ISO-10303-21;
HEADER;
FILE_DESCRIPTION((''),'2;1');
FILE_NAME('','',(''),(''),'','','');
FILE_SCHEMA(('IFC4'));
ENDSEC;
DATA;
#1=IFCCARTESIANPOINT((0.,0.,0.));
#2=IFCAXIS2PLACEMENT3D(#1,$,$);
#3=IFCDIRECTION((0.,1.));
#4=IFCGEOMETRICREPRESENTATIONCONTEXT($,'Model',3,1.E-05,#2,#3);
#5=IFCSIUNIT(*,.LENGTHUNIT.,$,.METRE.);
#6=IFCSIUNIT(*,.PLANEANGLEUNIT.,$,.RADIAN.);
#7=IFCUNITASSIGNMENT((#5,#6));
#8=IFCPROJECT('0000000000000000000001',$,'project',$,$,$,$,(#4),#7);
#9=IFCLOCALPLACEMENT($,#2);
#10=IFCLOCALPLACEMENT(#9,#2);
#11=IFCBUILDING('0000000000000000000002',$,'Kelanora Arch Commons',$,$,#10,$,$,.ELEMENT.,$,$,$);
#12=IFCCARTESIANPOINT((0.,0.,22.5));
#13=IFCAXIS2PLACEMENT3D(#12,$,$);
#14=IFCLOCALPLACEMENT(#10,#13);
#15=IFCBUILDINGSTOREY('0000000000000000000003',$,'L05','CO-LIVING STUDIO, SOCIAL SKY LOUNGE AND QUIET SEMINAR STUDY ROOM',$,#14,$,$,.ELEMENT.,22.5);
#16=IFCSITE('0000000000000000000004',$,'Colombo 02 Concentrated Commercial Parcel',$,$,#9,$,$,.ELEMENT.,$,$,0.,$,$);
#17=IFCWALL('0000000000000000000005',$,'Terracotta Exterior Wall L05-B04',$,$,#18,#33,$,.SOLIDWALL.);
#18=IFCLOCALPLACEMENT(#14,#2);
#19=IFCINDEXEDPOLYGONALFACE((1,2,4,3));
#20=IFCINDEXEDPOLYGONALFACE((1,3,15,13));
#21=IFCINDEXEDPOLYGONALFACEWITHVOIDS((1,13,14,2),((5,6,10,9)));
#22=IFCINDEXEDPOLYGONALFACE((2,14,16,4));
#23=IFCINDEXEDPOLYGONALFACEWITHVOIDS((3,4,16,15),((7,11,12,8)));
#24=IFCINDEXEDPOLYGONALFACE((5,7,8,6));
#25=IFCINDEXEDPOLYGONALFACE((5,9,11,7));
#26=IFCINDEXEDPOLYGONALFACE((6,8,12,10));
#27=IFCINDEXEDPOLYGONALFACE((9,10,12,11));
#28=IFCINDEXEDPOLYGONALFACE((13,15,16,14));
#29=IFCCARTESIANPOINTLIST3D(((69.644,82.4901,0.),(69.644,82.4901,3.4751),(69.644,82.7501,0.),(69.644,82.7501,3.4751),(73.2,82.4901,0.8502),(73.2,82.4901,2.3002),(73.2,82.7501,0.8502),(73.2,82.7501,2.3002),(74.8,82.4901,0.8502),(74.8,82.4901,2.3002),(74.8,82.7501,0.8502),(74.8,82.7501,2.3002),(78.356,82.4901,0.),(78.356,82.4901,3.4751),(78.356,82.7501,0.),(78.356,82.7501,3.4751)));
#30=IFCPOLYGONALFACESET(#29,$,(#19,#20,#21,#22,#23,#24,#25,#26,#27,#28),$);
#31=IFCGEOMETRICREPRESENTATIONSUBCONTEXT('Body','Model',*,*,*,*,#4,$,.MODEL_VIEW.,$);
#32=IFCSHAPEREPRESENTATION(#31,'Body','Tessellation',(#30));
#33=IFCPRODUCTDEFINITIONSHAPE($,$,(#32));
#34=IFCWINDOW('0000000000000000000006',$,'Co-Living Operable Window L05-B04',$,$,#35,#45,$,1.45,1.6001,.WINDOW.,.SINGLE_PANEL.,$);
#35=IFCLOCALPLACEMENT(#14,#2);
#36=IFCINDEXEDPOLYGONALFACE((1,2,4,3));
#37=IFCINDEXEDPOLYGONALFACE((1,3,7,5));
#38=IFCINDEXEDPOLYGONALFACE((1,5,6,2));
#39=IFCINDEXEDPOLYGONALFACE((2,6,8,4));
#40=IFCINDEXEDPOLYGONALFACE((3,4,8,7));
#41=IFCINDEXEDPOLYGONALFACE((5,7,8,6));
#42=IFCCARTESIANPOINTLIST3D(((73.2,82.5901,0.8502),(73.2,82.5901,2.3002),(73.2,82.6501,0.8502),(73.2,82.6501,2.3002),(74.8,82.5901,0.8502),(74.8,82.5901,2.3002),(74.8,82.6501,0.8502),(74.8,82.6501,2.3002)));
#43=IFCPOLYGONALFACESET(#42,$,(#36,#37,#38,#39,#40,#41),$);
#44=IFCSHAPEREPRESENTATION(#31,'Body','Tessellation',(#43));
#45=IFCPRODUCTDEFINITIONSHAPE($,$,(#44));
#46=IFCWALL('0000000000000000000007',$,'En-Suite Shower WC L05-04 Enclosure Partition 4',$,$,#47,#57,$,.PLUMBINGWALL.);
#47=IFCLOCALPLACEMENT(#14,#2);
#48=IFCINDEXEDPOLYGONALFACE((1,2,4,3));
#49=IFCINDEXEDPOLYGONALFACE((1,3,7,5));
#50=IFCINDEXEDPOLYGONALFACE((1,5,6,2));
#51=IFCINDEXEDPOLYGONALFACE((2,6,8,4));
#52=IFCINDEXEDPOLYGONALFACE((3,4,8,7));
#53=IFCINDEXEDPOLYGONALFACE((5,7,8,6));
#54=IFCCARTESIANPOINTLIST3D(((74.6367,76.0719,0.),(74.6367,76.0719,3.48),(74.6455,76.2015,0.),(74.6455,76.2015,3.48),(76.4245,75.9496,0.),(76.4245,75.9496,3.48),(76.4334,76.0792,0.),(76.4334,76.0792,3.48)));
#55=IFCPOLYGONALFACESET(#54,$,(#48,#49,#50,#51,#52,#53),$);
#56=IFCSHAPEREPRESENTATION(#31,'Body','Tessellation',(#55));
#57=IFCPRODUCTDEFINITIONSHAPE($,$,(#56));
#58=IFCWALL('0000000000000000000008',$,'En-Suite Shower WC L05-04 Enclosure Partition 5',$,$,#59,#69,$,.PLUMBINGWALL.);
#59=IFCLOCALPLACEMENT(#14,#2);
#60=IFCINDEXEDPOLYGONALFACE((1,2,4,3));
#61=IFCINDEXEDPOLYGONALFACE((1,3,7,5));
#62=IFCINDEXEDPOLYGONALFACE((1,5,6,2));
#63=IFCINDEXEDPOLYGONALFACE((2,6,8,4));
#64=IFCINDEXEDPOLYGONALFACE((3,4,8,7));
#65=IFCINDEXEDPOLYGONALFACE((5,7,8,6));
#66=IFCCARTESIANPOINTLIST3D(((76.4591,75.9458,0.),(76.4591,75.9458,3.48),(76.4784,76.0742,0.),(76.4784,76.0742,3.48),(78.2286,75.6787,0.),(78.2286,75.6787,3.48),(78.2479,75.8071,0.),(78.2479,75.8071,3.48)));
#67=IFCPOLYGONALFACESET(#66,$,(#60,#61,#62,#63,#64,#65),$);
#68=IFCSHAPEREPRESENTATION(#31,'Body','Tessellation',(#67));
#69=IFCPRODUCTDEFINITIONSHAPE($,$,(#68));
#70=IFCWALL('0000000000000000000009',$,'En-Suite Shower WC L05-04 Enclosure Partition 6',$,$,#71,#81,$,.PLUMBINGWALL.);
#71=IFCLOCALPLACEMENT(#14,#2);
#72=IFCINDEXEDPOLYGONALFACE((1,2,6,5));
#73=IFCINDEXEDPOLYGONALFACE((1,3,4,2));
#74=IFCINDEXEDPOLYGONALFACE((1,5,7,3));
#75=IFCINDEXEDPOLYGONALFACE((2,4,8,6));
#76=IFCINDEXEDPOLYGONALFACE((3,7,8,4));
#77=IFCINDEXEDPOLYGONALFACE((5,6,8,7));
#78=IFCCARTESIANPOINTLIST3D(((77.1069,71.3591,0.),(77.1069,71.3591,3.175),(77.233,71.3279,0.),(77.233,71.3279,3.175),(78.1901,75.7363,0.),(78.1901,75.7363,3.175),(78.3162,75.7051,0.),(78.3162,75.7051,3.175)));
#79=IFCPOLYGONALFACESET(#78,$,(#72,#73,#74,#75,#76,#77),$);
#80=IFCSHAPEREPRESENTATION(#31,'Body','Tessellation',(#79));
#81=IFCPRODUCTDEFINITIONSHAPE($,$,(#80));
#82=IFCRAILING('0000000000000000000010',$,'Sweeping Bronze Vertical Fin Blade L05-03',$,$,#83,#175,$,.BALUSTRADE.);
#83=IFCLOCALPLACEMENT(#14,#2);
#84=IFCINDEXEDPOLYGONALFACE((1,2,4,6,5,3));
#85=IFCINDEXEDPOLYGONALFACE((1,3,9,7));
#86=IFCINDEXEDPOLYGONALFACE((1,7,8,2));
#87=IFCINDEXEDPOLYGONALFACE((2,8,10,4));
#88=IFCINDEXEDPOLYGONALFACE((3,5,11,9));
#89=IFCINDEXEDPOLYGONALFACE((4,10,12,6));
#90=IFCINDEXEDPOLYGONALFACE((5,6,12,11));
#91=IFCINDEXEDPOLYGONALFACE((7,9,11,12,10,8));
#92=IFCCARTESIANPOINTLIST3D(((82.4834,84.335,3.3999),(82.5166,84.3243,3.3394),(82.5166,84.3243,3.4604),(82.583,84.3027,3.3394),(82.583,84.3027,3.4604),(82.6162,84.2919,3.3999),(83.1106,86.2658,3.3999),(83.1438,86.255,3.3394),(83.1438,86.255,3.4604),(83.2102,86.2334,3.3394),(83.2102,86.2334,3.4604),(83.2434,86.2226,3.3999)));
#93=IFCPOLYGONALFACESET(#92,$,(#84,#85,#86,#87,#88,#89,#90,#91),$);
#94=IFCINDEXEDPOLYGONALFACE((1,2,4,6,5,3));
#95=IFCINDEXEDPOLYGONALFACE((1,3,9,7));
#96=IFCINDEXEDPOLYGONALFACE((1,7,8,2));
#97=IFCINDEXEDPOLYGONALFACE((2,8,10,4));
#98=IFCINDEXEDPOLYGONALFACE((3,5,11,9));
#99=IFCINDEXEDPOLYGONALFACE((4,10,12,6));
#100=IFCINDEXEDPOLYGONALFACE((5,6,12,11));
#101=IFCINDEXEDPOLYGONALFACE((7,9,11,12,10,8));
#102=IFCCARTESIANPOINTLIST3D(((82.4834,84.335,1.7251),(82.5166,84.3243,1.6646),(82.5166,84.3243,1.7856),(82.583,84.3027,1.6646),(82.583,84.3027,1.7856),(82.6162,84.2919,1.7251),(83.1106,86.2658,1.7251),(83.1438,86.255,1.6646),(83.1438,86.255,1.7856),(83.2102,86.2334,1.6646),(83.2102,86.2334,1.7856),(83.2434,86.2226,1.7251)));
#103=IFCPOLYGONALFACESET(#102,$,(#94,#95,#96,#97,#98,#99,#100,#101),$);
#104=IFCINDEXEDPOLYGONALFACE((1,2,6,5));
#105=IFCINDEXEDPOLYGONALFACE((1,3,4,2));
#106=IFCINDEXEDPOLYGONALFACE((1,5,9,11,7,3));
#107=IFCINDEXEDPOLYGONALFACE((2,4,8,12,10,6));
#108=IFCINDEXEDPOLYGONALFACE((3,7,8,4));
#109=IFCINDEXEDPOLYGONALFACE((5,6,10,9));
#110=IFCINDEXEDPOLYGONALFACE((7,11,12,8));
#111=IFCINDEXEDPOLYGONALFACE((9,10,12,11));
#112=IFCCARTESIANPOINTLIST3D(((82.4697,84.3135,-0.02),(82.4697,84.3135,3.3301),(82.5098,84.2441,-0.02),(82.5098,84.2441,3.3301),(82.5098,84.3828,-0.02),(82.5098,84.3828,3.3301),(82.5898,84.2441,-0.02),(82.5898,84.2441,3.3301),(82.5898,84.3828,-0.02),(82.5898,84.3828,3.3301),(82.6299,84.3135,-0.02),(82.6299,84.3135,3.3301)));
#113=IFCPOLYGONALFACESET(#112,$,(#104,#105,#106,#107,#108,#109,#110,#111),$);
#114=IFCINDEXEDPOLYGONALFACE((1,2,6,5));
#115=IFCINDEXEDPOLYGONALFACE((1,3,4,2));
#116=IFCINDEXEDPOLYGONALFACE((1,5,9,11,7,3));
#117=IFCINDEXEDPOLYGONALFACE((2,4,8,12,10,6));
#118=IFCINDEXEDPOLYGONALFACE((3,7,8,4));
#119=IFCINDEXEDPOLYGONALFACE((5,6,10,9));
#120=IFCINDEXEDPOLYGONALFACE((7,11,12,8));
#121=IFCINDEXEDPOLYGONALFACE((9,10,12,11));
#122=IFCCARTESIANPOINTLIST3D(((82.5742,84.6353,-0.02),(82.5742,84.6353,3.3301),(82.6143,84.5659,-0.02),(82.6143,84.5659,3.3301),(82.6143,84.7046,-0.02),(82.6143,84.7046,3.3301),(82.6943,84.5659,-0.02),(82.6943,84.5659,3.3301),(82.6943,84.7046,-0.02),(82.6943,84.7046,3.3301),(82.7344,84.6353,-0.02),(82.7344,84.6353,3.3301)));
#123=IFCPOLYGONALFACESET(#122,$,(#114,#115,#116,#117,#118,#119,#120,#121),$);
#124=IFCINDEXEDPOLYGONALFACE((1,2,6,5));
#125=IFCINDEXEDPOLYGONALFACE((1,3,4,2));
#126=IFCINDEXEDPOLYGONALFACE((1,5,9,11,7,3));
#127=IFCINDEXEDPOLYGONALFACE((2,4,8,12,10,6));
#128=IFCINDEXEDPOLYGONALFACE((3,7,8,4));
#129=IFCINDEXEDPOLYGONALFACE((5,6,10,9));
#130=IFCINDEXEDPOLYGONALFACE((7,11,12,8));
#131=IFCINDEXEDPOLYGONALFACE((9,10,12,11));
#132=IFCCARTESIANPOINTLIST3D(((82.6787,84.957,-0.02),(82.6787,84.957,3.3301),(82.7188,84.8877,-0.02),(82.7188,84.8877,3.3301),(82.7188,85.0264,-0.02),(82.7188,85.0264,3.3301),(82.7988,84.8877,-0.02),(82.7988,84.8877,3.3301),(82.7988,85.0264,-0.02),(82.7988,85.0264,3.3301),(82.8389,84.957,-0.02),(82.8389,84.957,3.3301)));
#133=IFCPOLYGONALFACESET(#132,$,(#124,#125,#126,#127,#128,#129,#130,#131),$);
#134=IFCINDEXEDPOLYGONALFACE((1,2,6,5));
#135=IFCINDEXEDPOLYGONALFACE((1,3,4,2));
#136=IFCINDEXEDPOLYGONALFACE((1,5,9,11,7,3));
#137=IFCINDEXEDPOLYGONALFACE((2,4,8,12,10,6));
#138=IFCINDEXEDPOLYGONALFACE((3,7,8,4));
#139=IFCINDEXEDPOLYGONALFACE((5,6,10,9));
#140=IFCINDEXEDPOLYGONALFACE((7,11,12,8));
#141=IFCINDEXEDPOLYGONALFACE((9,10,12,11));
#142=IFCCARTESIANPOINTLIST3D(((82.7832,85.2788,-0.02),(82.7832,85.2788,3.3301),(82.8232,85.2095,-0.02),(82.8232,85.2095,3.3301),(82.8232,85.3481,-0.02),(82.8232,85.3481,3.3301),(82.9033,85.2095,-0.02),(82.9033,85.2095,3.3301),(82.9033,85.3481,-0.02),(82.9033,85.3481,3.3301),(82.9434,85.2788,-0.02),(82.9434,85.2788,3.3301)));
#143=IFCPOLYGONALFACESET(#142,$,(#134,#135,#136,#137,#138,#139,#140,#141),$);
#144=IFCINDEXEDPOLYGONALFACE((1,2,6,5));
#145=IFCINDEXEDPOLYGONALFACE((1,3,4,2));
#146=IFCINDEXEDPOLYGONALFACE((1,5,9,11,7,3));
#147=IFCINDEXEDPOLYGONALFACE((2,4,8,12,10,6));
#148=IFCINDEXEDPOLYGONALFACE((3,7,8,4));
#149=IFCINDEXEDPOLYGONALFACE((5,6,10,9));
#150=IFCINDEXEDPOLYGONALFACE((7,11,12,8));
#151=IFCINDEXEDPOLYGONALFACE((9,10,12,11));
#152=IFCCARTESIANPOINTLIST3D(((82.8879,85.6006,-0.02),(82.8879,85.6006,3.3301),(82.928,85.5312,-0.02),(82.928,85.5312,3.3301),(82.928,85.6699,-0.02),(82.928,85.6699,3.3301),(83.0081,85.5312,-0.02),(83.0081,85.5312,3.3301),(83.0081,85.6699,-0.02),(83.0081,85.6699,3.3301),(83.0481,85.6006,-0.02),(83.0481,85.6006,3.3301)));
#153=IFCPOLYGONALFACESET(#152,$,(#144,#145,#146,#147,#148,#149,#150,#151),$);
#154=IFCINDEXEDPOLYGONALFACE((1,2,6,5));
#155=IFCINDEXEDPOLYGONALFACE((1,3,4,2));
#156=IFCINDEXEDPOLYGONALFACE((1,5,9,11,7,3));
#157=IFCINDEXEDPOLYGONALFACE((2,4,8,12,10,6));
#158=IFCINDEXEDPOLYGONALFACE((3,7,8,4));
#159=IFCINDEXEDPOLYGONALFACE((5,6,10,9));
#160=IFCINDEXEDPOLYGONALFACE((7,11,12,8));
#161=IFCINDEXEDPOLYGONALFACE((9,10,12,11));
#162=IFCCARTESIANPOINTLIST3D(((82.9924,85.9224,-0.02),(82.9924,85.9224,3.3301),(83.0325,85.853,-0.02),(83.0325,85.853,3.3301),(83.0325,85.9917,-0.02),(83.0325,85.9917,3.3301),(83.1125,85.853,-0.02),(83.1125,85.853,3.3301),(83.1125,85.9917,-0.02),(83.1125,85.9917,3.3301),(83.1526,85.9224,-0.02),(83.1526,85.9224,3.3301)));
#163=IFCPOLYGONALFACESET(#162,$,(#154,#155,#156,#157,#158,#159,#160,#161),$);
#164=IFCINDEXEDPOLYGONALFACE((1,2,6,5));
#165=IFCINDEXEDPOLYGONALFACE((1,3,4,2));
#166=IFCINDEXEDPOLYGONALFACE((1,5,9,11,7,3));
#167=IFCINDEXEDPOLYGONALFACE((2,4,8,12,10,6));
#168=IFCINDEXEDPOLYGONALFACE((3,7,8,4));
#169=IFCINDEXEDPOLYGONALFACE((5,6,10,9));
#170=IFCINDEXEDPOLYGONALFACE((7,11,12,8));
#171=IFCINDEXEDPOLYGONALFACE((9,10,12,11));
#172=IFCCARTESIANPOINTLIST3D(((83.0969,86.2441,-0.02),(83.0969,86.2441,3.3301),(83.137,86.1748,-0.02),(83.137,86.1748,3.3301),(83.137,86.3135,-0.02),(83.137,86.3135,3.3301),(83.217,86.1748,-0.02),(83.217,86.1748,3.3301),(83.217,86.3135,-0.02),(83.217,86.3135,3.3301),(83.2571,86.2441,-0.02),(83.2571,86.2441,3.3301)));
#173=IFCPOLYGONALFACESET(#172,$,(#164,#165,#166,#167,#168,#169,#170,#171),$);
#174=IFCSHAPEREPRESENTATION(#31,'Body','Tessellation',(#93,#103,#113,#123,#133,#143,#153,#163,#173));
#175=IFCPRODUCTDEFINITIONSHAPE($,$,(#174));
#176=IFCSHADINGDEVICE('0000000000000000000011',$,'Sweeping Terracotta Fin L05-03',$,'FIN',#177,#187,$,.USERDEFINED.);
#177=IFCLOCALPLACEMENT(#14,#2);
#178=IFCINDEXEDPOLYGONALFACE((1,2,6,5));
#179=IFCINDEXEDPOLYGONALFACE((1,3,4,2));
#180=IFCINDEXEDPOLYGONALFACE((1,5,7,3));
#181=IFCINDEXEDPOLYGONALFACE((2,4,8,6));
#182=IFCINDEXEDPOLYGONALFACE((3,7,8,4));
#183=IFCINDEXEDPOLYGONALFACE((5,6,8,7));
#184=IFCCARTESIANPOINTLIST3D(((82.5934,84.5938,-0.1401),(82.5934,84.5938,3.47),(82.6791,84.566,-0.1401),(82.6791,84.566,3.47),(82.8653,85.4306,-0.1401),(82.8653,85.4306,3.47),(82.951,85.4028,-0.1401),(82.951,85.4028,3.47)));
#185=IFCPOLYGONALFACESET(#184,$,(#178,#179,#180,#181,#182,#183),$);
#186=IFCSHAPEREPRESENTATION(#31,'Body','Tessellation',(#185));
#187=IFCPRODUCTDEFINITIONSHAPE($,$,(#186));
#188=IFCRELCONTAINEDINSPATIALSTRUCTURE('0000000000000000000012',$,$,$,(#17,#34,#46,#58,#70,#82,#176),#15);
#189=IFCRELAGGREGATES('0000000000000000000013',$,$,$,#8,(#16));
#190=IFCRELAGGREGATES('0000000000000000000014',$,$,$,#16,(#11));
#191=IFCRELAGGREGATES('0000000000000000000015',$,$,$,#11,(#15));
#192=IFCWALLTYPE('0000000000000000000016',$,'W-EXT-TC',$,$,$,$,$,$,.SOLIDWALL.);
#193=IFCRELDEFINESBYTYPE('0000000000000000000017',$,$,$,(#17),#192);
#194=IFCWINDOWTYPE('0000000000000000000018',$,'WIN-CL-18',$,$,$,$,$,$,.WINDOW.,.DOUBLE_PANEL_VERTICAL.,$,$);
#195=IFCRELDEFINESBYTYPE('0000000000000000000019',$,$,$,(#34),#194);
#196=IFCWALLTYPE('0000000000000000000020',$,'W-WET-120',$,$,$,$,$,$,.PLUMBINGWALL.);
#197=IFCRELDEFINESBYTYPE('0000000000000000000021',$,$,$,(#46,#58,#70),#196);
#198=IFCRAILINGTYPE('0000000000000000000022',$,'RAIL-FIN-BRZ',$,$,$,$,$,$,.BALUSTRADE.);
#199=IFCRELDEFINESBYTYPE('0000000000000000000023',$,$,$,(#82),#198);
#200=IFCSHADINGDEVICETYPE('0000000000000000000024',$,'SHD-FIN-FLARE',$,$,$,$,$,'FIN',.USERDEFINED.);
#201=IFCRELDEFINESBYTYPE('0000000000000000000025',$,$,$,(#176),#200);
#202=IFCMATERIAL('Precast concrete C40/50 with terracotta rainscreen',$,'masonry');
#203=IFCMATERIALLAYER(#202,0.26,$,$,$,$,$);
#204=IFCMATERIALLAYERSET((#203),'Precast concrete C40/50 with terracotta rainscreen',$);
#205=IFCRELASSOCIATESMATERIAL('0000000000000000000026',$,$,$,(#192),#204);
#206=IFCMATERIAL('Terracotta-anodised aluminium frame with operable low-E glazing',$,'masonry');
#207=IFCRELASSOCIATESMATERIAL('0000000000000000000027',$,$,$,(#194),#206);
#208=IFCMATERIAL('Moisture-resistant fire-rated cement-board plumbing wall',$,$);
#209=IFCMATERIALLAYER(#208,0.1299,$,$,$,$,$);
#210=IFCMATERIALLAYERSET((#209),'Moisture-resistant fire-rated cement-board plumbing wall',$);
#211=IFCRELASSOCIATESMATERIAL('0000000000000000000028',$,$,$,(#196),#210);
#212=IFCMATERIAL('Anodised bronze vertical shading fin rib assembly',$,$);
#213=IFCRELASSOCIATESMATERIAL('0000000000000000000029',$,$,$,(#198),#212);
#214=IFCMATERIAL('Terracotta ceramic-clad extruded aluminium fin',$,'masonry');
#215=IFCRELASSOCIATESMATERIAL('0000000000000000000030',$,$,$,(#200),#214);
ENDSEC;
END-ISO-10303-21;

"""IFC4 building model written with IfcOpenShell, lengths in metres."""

from ifc_helpers import new_model, si_unit, direction, frame, frame_2d, origin, origin_2d, place, context, subcontext, project, spatial, polyline, rectangle, outline, extrude, source, transform, mapped, material, layer, layer_set, type_object, element, fill, save


model = new_model("IFC4")

# Units and contexts
model_context = context("Model", 3, precision=1e-05, world=origin(), true_north=direction((0.0, 1.0)))
body_context = subcontext(model_context, "Body", "Model", "MODEL_VIEW")
ifc_project = project(units=[si_unit("LENGTHUNIT", "METRE"), si_unit("PLANEANGLEUNIT", "RADIAN")], contexts=[model_context])

# Site, building, storey
site_placement = place(None, origin())
site = spatial("IfcSite", under=ifc_project, at=site_placement, Name="Colombo 02 Concentrated Commercial Parcel", CompositionType="ELEMENT", RefElevation=0.0)
building_placement = place(site_placement, origin())
building = spatial("IfcBuilding", under=site, at=building_placement, Name="Kelanora Arch Commons", CompositionType="ELEMENT")
storey_placement = place(building_placement, frame((0.0, 0.0, 22.5)))
storey = spatial("IfcBuildingStorey", under=building, at=storey_placement, Name="L05", Description="CO-LIVING STUDIO, SOCIAL SKY LOUNGE AND QUIET SEMINAR STUDY ROOM", CompositionType="ELEMENT", Elevation=22.5)

# Wall, opening, window
ifc_material_1 = material(Name="Precast concrete C40/50 with terracotta rainscreen", Category="masonry")
ifc_layer_1 = layer(ifc_material_1, 0.26)
ifc_layer_set_1 = layer_set([ifc_layer_1], Name="Precast concrete C40/50 with terracotta rainscreen")
wall_type_1 = type_object("IfcWallType", Name="W-EXT-TC", PredefinedType="SOLIDWALL", material=ifc_layer_set_1)
wall_1_placement = place(storey_placement, frame((78.356, 82.6201, 0.0), z_axis=(0.0, 0.0, 1.0), x_axis=(-1.0, 0.0, 0.0)))
wall_1 = element("IfcWall", 1, at=wall_1_placement, inside=storey, type_object=wall_type_1, Name="Terracotta Exterior Wall L05-B04", PredefinedType="SOLIDWALL", context=body_context, shape_type="SweptSolid", body=[
    extrude(rectangle(XDim=8.7119, YDim=0.26, at=frame_2d((4.356, 0.0))), origin(), (0.0, 0.0, 1.0), 3.4751),
])
opening_placement = place(wall_1_placement, frame((3.5559, 0.0, 0.8501)))
opening = element("IfcOpeningElement", 2, at=opening_placement, cuts=wall_1, PredefinedType="OPENING", context=body_context, shape_type="SweptSolid", body=[
    extrude(rectangle(XDim=1.6001, YDim=1.45, at=frame_2d((0.8, 0.7251))), frame((0.0, 0.1401, 0.0), z_axis=(0.0, -1.0, 0.0), x_axis=(1.0, 0.0, 0.0)), (0.0, 0.0, 1.0), 0.28),
])
ifc_material_2 = material(Name="Terracotta-anodised aluminium frame with operable low-E glazing", Category="masonry")
window_type = type_object("IfcWindowType", Name="WIN-CL-18", PartitioningType="DOUBLE_PANEL_VERTICAL", PredefinedType="WINDOW", material=ifc_material_2)
window_placement = place(opening_placement, origin())
window = element("IfcWindow", 3, at=window_placement, inside=storey, type_object=window_type, Name="Co-Living Operable Window L05-B04", OverallHeight=1.45, OverallWidth=1.6001, PartitioningType="SINGLE_PANEL", PredefinedType="WINDOW", context=body_context, shape_type="SweptSolid", body=[
    extrude(rectangle(XDim=1.6001, YDim=1.45, at=frame_2d((0.8, 0.7251))), frame((0.0, 0.03, 0.0), z_axis=(0.0, -1.0, 0.0), x_axis=(1.0, 0.0, 0.0)), (0.0, 0.0, 1.0), 0.0601),
])
fill(opening, window)

# Walls
ifc_material_3 = material(Name="Moisture-resistant fire-rated cement-board plumbing wall")
ifc_layer_2 = layer(ifc_material_3, 0.1299)
ifc_layer_set_2 = layer_set([ifc_layer_2], Name="Moisture-resistant fire-rated cement-board plumbing wall")
wall_type_2 = type_object("IfcWallType", Name="W-WET-120", PredefinedType="PLUMBINGWALL", material=ifc_layer_set_2)
wall_2_placement = place(storey_placement, frame((74.6411, 76.1367, 0.0), z_axis=(0.0, 0.0, 1.0), x_axis=(0.997668, -0.068255, 0.0)))
element("IfcWall", 4, at=wall_2_placement, inside=storey, type_object=wall_type_2, Name="En-Suite Shower WC L05-04 Enclosure Partition 4", PredefinedType="PLUMBINGWALL", context=body_context, shape_type="SweptSolid", body=[
    extrude(rectangle(XDim=1.792, YDim=0.1299, at=frame_2d((0.896, 0.0))), origin(), (0.0, 0.0, 1.0), 3.48),
])
wall_3_placement = place(storey_placement, frame((76.4688, 76.01, 0.0), z_axis=(0.0, 0.0, 1.0), x_axis=(0.9888, -0.149248, 0.0)))
element("IfcWall", 5, at=wall_3_placement, inside=storey, type_object=wall_type_2, Name="En-Suite Shower WC L05-04 Enclosure Partition 5", PredefinedType="PLUMBINGWALL", context=body_context, shape_type="SweptSolid", body=[
    extrude(rectangle(XDim=1.7896, YDim=0.1299, at=frame_2d((0.8948, 0.0))), origin(), (0.0, 0.0, 1.0), 3.48),
])
wall_4_placement = place(storey_placement, frame((78.2532, 75.7207, 0.0), z_axis=(0.0, 0.0, 1.0), x_axis=(-0.240229, -0.970716, 0.0)))
element("IfcWall", 6, at=wall_4_placement, inside=storey, type_object=wall_type_2, Name="En-Suite Shower WC L05-04 Enclosure Partition 6", PredefinedType="PLUMBINGWALL", context=body_context, shape_type="SweptSolid", body=[
    extrude(rectangle(XDim=4.5093, YDim=0.1299, at=frame_2d((2.2546, 0.0))), origin(), (0.0, 0.0, 1.0), 3.175),
])

# Railing
ifc_material_4 = material(Name="Anodised bronze vertical shading fin rib assembly")
railing_type = type_object("IfcRailingType", Name="RAIL-FIN-BRZ", PredefinedType="BALUSTRADE", material=ifc_material_4)
railing_placement = place(storey_placement, frame((82.5498, 84.3135, -0.02)))
element("IfcRailing", 7, at=railing_placement, inside=storey, type_object=railing_type, Name="Sweeping Bronze Vertical Fin Blade L05-03", PredefinedType="BALUSTRADE", context=body_context, shape_type="SweptSolid", body=[
    extrude(outline(polyline([(0.0698, 0.0), (0.0349, 0.0605), (-0.0349, 0.0605), (-0.0698, 0.0), (-0.0349, -0.0605), (0.0349, -0.0605), (0.0698, 0.0)])), frame((0.0, 0.0, 3.4199), z_axis=(0.308966, 0.951073, 0.0), x_axis=(-0.951073, 0.308966, 0.0)), (0.0, 0.0, 1.0), 2.03),
    extrude(outline(polyline([(0.0698, 0.0), (0.0349, 0.0605), (-0.0349, 0.0605), (-0.0698, 0.0), (-0.0349, -0.0605), (0.0349, -0.0605), (0.0698, 0.0)])), frame((0.0, 0.0, 1.7451), z_axis=(0.308966, 0.951073, 0.0), x_axis=(-0.951073, 0.308966, 0.0)), (0.0, 0.0, 1.0), 2.03),
    extrude(outline(polyline([(0.0801, 0.0), (0.04, 0.0693), (-0.04, 0.0693), (-0.0801, 0.0), (-0.04, -0.0693), (0.04, -0.0693), (0.0801, 0.0)])), origin(), (0.0, 0.0, 1.0), 3.3501),
    extrude(outline(polyline([(0.0801, 0.0), (0.04, 0.0693), (-0.04, 0.0693), (-0.0801, 0.0), (-0.04, -0.0693), (0.04, -0.0693), (0.0801, 0.0)])), frame((0.1045, 0.3218, 0.0)), (0.0, 0.0, 1.0), 3.3501),
    extrude(outline(polyline([(0.0801, 0.0), (0.04, 0.0693), (-0.04, 0.0693), (-0.0801, 0.0), (-0.04, -0.0693), (0.04, -0.0693), (0.0801, 0.0)])), frame((0.209, 0.6436, 0.0)), (0.0, 0.0, 1.0), 3.3501),
    extrude(outline(polyline([(0.0801, 0.0), (0.04, 0.0693), (-0.04, 0.0693), (-0.0801, 0.0), (-0.04, -0.0693), (0.04, -0.0693), (0.0801, 0.0)])), frame((0.3135, 0.9653, 0.0)), (0.0, 0.0, 1.0), 3.3501),
    extrude(outline(polyline([(0.0801, 0.0), (0.04, 0.0693), (-0.04, 0.0693), (-0.0801, 0.0), (-0.04, -0.0693), (0.04, -0.0693), (0.0801, 0.0)])), frame((0.4182, 1.2871, 0.0)), (0.0, 0.0, 1.0), 3.3501),
    extrude(outline(polyline([(0.0801, 0.0), (0.04, 0.0693), (-0.04, 0.0693), (-0.0801, 0.0), (-0.04, -0.0693), (0.04, -0.0693), (0.0801, 0.0)])), frame((0.5227, 1.6089, 0.0)), (0.0, 0.0, 1.0), 3.3501),
    extrude(outline(polyline([(0.0801, 0.0), (0.04, 0.0693), (-0.04, 0.0693), (-0.0801, 0.0), (-0.04, -0.0693), (0.04, -0.0693), (0.0801, 0.0)])), frame((0.6272, 1.9307, 0.0)), (0.0, 0.0, 1.0), 3.3501),
])

# Shading device
ifc_material_5 = material(Name="Terracotta ceramic-clad extruded aluminium fin", Category="masonry")
shading_device_type = type_object("IfcShadingDeviceType", Name="SHD-FIN-FLARE", ElementType="FIN", PredefinedType="USERDEFINED", material=ifc_material_5)
shared_shape_1 = source(origin(), body_context, "Body", "SweptSolid", [
    extrude(rectangle(XDim=0.8799, YDim=0.0901, at=origin_2d()), origin(), (0.0, 0.0, 1.0), 3.6101),
])
shading_device_placement = place(storey_placement, frame((82.7722, 84.9983, -0.1401), z_axis=(0.0, 0.0, 1.0), x_axis=(0.309017, 0.951057, 0.0)))
element("IfcShadingDevice", 8, at=shading_device_placement, inside=storey, type_object=shading_device_type, Name="Sweeping Terracotta Fin L05-03", ObjectType="FIN", PredefinedType="USERDEFINED", context=body_context, shape_type="MappedRepresentation", body=[
    mapped(shared_shape_1, transform((0.0, 0.0, 0.0), scale=1.0)),
])

save(model, "model.ifc")
